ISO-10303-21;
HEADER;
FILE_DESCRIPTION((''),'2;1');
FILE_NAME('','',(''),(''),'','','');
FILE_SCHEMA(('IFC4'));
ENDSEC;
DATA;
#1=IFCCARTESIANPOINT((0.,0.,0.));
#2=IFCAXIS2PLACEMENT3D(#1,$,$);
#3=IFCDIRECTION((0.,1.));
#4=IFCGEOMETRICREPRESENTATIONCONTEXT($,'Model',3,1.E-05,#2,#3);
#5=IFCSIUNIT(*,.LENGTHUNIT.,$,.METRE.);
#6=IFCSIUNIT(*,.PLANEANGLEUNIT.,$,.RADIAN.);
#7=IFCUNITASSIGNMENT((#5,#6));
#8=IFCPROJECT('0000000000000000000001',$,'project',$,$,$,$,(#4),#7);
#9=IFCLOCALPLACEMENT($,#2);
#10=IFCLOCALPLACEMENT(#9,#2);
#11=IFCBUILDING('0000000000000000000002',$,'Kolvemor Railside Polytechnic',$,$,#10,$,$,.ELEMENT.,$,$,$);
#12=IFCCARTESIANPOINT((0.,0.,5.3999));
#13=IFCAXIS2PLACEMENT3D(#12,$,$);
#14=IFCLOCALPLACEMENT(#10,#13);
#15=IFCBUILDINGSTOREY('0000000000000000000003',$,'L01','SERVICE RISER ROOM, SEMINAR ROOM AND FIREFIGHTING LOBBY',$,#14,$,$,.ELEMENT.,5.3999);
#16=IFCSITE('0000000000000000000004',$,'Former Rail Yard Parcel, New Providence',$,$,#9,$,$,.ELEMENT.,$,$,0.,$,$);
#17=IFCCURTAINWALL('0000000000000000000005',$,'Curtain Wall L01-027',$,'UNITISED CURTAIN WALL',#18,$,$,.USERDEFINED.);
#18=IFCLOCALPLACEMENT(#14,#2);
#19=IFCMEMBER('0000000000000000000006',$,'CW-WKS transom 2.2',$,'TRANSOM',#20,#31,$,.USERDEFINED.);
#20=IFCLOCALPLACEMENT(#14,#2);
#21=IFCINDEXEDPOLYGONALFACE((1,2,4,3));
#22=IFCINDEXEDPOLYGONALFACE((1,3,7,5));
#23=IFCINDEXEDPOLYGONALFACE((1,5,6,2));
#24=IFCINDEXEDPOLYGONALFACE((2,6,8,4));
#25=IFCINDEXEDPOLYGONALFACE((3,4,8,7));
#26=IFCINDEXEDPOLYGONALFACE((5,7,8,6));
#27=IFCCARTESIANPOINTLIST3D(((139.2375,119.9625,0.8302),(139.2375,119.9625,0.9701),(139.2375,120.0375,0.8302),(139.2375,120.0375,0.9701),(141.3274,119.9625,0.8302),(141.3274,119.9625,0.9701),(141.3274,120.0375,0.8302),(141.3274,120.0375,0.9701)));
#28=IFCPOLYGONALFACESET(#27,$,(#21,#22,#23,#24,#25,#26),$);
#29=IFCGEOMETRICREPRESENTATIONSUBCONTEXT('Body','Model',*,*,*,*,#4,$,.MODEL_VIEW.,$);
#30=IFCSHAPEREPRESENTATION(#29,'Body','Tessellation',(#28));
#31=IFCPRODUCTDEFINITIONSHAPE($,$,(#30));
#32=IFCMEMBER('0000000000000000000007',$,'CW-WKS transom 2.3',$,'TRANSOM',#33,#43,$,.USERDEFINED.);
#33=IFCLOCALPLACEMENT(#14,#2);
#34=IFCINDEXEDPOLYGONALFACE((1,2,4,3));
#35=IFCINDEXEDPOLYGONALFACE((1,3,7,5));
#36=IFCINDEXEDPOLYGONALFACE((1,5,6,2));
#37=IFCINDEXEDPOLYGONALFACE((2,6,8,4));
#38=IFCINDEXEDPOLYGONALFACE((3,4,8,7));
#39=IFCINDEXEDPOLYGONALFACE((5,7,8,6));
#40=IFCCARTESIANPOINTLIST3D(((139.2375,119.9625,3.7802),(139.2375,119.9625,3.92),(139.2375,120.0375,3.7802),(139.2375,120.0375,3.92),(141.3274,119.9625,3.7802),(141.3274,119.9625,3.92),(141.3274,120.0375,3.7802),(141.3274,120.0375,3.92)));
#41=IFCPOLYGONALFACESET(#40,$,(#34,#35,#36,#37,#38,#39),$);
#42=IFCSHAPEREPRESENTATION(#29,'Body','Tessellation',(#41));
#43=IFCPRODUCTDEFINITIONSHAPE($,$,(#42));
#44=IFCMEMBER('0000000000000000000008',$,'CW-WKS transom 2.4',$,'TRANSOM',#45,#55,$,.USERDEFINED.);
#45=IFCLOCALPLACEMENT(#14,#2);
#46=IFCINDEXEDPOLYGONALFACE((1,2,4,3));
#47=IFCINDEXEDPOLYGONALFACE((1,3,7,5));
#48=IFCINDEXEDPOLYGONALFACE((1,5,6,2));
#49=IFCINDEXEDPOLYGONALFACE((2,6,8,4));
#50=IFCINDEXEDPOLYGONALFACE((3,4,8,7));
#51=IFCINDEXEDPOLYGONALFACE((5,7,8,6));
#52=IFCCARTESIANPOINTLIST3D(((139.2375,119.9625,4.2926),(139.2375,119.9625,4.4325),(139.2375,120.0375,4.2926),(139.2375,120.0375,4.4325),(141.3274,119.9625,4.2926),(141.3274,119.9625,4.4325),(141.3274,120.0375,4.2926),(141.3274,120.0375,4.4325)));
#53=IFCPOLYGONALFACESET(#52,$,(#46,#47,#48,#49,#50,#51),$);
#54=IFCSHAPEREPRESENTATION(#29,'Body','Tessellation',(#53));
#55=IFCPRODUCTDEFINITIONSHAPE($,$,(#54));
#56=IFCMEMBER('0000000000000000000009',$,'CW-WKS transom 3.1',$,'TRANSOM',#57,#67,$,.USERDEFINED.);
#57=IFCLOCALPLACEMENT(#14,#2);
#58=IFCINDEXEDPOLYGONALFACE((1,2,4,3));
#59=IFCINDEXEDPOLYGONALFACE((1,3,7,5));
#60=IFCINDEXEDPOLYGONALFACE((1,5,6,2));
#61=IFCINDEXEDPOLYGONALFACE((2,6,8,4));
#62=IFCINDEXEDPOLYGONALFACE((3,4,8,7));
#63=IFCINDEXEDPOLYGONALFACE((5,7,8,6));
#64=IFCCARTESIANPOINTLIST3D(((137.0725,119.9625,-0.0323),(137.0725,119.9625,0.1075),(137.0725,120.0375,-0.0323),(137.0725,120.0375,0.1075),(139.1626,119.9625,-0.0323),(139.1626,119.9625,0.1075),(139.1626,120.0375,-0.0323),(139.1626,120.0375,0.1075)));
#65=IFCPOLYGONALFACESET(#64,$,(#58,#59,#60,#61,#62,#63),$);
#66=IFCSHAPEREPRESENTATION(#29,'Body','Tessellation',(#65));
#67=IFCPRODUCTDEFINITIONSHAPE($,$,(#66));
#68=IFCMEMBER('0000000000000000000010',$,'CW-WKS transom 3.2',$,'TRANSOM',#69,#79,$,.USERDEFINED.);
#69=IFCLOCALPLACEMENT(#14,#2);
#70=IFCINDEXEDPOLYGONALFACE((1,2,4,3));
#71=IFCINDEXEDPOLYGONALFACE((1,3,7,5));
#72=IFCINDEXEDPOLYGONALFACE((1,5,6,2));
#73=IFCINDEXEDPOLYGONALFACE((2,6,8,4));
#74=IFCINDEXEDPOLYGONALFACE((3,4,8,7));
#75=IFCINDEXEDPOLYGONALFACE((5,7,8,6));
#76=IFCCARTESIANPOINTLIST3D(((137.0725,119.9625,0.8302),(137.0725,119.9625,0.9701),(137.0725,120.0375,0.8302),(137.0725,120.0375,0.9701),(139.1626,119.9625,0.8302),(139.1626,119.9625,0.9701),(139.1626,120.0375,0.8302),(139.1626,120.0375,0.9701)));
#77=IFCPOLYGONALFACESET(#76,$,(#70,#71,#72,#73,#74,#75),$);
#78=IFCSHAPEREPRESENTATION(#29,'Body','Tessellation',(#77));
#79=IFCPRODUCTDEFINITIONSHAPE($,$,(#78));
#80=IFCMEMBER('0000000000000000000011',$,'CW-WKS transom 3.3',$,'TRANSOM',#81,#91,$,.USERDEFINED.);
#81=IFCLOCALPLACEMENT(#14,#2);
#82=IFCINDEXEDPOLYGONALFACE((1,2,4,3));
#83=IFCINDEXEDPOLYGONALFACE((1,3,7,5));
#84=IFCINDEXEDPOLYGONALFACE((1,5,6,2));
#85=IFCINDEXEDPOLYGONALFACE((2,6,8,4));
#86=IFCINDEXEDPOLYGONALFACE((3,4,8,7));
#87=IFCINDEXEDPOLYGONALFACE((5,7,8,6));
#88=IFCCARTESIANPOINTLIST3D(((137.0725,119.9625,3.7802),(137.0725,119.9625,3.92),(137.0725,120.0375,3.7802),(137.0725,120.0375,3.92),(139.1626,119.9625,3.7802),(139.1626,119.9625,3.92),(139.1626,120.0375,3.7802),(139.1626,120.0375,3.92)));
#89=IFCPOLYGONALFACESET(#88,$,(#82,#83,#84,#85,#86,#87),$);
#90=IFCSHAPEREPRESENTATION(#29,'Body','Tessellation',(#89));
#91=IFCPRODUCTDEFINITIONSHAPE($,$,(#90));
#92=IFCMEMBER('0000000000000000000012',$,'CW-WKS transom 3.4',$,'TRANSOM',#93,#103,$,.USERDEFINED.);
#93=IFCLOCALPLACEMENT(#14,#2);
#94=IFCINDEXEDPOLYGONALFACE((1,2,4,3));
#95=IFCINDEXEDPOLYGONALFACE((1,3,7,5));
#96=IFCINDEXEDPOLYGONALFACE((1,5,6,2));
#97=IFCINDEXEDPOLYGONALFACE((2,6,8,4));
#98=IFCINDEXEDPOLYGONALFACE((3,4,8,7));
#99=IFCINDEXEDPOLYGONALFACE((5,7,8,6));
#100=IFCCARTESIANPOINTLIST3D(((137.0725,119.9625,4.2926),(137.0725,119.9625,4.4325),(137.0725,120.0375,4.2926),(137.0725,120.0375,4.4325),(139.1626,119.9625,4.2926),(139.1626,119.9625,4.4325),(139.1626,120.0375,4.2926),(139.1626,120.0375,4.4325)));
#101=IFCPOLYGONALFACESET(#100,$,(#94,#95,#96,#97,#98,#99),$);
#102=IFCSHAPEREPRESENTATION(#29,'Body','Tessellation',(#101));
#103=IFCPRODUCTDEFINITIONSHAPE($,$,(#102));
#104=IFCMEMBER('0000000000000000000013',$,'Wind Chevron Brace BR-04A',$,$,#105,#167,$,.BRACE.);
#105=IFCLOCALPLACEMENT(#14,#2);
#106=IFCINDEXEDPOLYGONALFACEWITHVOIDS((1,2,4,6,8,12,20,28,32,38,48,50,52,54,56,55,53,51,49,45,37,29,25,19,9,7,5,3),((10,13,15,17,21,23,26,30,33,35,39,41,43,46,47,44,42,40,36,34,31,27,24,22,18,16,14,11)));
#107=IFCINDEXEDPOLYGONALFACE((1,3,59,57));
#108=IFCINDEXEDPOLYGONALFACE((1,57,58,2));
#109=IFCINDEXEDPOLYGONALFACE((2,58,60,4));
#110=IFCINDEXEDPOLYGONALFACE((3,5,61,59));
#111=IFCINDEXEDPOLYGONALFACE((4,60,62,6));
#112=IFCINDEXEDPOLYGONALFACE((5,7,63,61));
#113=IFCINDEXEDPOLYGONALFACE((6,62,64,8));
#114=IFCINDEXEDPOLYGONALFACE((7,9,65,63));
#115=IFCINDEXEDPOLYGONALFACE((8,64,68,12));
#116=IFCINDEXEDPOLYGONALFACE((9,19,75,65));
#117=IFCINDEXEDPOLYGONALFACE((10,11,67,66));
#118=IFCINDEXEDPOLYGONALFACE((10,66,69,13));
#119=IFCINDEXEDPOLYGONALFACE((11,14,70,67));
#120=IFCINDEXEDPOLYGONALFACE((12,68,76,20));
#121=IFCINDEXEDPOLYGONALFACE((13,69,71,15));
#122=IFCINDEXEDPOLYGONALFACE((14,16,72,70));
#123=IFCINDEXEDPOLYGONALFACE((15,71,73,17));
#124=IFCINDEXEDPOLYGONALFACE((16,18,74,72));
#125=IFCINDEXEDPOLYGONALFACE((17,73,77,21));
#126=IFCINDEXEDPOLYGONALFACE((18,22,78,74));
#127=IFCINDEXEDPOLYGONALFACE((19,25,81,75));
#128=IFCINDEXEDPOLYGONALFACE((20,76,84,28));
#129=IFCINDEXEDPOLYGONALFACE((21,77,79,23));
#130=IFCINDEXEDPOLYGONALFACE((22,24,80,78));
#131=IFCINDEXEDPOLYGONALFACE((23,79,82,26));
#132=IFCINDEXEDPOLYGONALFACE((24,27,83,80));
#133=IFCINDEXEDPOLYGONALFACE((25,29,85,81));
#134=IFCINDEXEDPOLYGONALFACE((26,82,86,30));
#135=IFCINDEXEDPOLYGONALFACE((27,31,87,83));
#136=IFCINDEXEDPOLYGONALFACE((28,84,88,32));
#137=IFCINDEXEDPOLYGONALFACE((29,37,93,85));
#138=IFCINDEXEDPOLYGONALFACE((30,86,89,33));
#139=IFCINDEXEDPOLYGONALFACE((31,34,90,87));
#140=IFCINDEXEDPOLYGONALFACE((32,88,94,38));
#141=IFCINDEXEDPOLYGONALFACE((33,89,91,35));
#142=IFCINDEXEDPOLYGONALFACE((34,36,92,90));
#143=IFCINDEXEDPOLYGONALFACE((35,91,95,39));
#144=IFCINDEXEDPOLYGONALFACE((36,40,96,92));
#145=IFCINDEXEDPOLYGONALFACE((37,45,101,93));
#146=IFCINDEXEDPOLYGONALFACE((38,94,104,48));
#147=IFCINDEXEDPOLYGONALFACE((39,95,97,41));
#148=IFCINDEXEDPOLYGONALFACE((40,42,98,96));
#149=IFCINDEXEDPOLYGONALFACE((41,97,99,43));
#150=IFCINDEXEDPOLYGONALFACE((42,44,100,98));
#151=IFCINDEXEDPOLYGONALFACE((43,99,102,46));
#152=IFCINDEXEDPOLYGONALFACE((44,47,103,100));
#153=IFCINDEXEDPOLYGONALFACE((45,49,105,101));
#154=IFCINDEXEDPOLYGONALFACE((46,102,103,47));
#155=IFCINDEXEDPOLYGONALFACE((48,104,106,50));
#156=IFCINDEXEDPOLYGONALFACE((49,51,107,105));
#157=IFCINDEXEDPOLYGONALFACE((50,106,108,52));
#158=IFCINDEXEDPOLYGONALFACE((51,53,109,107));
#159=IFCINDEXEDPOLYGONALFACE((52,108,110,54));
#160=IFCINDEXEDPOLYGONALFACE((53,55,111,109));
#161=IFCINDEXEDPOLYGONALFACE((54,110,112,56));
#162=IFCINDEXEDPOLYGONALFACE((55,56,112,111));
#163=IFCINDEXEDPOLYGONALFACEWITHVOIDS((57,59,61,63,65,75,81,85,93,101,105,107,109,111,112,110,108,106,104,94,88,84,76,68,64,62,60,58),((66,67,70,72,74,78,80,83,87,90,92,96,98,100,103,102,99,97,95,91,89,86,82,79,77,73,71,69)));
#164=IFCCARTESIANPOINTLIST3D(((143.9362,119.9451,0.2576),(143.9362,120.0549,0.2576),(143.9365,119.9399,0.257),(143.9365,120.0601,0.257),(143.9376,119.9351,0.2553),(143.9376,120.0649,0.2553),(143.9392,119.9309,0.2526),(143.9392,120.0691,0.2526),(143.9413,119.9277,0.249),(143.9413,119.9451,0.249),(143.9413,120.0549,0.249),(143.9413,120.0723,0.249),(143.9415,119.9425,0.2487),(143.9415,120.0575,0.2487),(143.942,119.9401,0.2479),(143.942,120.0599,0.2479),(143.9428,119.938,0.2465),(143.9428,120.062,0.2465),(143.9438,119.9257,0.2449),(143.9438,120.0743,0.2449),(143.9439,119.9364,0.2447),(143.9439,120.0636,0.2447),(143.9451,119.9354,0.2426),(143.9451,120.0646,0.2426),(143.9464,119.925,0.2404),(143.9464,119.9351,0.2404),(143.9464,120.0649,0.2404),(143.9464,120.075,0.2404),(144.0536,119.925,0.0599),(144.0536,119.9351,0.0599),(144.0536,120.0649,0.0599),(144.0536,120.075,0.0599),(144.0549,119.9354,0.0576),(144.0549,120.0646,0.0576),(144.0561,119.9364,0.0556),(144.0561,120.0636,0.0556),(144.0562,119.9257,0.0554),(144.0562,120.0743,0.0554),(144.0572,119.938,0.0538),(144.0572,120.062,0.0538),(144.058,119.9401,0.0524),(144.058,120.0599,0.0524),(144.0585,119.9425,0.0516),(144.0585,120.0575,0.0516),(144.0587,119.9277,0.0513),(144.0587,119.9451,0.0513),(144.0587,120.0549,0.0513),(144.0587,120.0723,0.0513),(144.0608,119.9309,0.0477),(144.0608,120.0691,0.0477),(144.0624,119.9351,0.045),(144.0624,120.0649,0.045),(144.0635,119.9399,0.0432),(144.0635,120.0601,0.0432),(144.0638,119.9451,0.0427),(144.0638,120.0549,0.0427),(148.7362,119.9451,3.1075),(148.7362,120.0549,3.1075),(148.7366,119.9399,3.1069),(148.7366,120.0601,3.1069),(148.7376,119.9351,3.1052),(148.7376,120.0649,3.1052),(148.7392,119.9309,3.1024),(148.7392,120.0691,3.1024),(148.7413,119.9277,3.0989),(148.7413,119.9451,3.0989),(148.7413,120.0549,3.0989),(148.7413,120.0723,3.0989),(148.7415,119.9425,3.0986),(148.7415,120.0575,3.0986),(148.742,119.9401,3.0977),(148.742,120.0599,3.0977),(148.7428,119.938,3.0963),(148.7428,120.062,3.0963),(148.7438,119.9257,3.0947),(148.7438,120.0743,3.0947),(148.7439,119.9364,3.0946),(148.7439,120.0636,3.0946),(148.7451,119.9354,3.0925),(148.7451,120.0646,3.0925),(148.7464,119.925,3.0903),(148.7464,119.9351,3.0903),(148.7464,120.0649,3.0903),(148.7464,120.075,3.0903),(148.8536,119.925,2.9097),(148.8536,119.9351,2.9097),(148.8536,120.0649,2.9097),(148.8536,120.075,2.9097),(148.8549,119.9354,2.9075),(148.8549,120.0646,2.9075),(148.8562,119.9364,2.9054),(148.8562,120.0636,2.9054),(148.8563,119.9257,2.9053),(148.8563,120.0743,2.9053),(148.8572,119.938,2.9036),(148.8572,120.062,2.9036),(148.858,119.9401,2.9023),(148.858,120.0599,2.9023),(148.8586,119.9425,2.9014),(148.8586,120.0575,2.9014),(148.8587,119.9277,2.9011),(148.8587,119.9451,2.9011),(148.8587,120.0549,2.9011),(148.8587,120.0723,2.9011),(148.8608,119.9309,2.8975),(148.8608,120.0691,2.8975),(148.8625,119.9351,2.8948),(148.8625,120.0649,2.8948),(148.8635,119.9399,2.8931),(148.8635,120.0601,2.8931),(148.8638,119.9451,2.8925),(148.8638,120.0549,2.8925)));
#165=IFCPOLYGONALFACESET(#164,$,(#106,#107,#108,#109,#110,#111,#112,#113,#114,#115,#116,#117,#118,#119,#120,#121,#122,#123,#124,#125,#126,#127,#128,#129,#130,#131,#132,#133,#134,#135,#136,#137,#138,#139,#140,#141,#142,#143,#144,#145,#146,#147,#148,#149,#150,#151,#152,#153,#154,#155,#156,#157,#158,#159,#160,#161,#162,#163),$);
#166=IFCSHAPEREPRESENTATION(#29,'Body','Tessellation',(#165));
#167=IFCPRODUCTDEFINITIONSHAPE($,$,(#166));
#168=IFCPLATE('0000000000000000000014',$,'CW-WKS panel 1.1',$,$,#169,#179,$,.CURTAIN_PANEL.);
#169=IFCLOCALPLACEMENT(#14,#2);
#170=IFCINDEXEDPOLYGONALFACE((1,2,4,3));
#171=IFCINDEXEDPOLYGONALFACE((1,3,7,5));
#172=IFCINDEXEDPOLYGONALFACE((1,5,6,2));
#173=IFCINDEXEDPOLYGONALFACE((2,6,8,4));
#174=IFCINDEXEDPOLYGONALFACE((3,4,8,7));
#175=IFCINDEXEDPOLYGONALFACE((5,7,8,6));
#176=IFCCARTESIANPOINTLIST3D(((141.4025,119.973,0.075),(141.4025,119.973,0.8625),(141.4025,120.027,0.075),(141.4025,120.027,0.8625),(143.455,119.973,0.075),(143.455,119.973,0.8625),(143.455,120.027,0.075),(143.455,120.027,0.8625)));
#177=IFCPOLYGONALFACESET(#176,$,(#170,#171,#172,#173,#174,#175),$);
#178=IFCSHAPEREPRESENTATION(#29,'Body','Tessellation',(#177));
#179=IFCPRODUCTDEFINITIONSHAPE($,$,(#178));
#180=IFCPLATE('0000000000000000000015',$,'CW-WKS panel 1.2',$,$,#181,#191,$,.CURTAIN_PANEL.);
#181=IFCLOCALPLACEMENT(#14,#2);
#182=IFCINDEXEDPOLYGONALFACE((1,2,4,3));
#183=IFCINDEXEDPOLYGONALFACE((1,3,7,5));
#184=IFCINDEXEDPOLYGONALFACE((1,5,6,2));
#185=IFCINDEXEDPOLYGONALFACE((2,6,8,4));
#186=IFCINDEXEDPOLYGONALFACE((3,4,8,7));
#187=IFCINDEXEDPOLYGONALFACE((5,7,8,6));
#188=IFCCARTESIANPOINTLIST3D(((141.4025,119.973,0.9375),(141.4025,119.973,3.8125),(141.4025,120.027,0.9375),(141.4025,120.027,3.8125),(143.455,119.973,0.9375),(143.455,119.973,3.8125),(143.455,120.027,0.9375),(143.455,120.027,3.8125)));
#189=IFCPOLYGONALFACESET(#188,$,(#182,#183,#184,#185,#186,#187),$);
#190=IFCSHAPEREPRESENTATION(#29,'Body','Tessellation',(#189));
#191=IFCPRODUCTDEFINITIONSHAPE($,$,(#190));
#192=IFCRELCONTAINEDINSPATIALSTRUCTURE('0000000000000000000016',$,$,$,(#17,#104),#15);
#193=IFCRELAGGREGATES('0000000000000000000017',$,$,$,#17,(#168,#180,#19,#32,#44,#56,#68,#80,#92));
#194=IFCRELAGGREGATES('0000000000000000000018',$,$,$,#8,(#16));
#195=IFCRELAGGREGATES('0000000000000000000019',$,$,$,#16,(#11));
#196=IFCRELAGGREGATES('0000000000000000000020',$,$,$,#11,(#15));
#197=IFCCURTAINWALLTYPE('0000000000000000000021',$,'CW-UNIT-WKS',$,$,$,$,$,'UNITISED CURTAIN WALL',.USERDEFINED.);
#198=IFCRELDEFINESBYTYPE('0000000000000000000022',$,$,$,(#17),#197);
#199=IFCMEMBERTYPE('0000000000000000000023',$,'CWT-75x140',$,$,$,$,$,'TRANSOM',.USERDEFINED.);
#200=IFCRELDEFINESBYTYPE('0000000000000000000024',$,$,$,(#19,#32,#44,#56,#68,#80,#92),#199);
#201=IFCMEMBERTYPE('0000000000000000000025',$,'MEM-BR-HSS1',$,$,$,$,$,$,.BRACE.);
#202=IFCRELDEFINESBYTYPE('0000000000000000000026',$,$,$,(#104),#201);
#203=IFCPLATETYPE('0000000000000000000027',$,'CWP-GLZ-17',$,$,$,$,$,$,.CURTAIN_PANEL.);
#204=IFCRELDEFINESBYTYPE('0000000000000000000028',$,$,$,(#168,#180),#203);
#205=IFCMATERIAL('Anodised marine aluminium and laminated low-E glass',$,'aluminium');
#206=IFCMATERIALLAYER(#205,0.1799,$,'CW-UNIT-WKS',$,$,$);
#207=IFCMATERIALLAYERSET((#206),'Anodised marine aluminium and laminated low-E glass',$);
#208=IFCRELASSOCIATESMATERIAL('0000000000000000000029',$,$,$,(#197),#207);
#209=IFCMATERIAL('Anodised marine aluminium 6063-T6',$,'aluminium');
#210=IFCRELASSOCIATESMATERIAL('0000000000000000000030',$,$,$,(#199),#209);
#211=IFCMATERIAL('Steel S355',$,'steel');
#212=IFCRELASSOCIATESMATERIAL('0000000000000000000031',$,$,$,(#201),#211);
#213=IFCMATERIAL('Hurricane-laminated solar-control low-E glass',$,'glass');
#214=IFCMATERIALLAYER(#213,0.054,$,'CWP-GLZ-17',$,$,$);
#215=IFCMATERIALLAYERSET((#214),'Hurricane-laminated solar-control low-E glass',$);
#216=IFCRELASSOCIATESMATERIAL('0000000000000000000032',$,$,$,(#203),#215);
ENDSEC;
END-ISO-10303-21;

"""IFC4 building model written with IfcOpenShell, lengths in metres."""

from ifc_helpers import new_model, si_unit, direction, frame, origin, origin_2d, place, context, subcontext, project, spatial, rectangle, hollow_rectangle, extrude, material, layer, layer_set, material_profile, profile_set, type_object, element, aggregate, save


model = new_model("IFC4")

# Units and contexts
model_context = context("Model", 3, precision=1e-05, world=origin(), true_north=direction((0.0, 1.0)))
body_context = subcontext(model_context, "Body", "Model", "MODEL_VIEW")
ifc_project = project(units=[si_unit("LENGTHUNIT", "METRE"), si_unit("PLANEANGLEUNIT", "RADIAN")], contexts=[model_context])

# Site, building, storey
site_placement = place(None, origin())
site = spatial("IfcSite", under=ifc_project, at=site_placement, Name="Former Rail Yard Parcel, New Providence", CompositionType="ELEMENT", RefElevation=0.0)
building_placement = place(site_placement, origin())
building = spatial("IfcBuilding", under=site, at=building_placement, Name="Kolvemor Railside Polytechnic", CompositionType="ELEMENT")
storey_placement = place(building_placement, frame((0.0, 0.0, 5.3999)))
storey = spatial("IfcBuildingStorey", under=building, at=storey_placement, Name="L01", Description="SERVICE RISER ROOM, SEMINAR ROOM AND FIREFIGHTING LOBBY", CompositionType="ELEMENT", Elevation=5.3999)

# Curtain wall, members
ifc_material_1 = material(Name="Anodised marine aluminium and laminated low-E glass", Category="aluminium")
ifc_layer_1 = layer(ifc_material_1, 0.1799, Name="CW-UNIT-WKS")
ifc_layer_set_1 = layer_set([ifc_layer_1], Name="Anodised marine aluminium and laminated low-E glass")
curtain_wall_type = type_object("IfcCurtainWallType", Name="CW-UNIT-WKS", ElementType="UNITISED CURTAIN WALL", PredefinedType="USERDEFINED", material=ifc_layer_set_1)
curtain_wall_placement = place(storey_placement, origin())
curtain_wall = element("IfcCurtainWall", 1, at=curtain_wall_placement, inside=storey, type_object=curtain_wall_type, Name="Curtain Wall L01-027", ObjectType="UNITISED CURTAIN WALL", PredefinedType="USERDEFINED")
ifc_material_2 = material(Name="Anodised marine aluminium 6063-T6", Category="aluminium")
ifc_material_profile_1 = material_profile(ifc_material_2, rectangle(XDim=0.075, YDim=0.1399, at=origin_2d()), Name="CW-TRN-75x140")
ifc_profile_set_1 = profile_set([ifc_material_profile_1], Name="Anodised marine aluminium 6063-T6")
member_type_1 = type_object("IfcMemberType", Name="CWT-75x140", ElementType="TRANSOM", PredefinedType="USERDEFINED", material=ifc_profile_set_1)
member_1_placement = place(storey_placement, frame((141.3274, 120.0, 0.9001), z_axis=(-1.0, 0.0, 0.0), x_axis=(0.0, -1.0, 0.0)))
member_1 = element("IfcMember", 2, at=member_1_placement, type_object=member_type_1, Name="CW-WKS transom 2.2", ObjectType="TRANSOM", PredefinedType="USERDEFINED", context=body_context, shape_type="SweptSolid", body=[
    extrude(rectangle(XDim=0.075, YDim=0.1399, at=origin_2d()), origin(), (0.0, 0.0, 1.0), 2.0898),
])
member_2_placement = place(storey_placement, frame((141.3274, 120.0, 3.8501), z_axis=(-1.0, 0.0, 0.0), x_axis=(0.0, -1.0, 0.0)))
member_2 = element("IfcMember", 3, at=member_2_placement, type_object=member_type_1, Name="CW-WKS transom 2.3", ObjectType="TRANSOM", PredefinedType="USERDEFINED", context=body_context, shape_type="SweptSolid", body=[
    extrude(rectangle(XDim=0.075, YDim=0.1399, at=origin_2d()), origin(), (0.0, 0.0, 1.0), 2.0898),
])
member_3_placement = place(storey_placement, frame((141.3274, 120.0, 4.3625), z_axis=(-1.0, 0.0, 0.0), x_axis=(0.0, -1.0, 0.0)))
member_3 = element("IfcMember", 4, at=member_3_placement, type_object=member_type_1, Name="CW-WKS transom 2.4", ObjectType="TRANSOM", PredefinedType="USERDEFINED", context=body_context, shape_type="SweptSolid", body=[
    extrude(rectangle(XDim=0.075, YDim=0.1399, at=origin_2d()), origin(), (0.0, 0.0, 1.0), 2.0898),
])
member_4_placement = place(storey_placement, frame((139.1626, 120.0, 0.0376), z_axis=(-1.0, 0.0, 0.0), x_axis=(0.0, -1.0, 0.0)))
member_4 = element("IfcMember", 5, at=member_4_placement, type_object=member_type_1, Name="CW-WKS transom 3.1", ObjectType="TRANSOM", PredefinedType="USERDEFINED", context=body_context, shape_type="SweptSolid", body=[
    extrude(rectangle(XDim=0.075, YDim=0.1399, at=origin_2d()), origin(), (0.0, 0.0, 1.0), 2.0901),
])
member_5_placement = place(storey_placement, frame((139.1626, 120.0, 0.9001), z_axis=(-1.0, 0.0, 0.0), x_axis=(0.0, -1.0, 0.0)))
member_5 = element("IfcMember", 6, at=member_5_placement, type_object=member_type_1, Name="CW-WKS transom 3.2", ObjectType="TRANSOM", PredefinedType="USERDEFINED", context=body_context, shape_type="SweptSolid", body=[
    extrude(rectangle(XDim=0.075, YDim=0.1399, at=origin_2d()), origin(), (0.0, 0.0, 1.0), 2.0901),
])
member_6_placement = place(storey_placement, frame((139.1626, 120.0, 3.8501), z_axis=(-1.0, 0.0, 0.0), x_axis=(0.0, -1.0, 0.0)))
member_6 = element("IfcMember", 7, at=member_6_placement, type_object=member_type_1, Name="CW-WKS transom 3.3", ObjectType="TRANSOM", PredefinedType="USERDEFINED", context=body_context, shape_type="SweptSolid", body=[
    extrude(rectangle(XDim=0.075, YDim=0.1399, at=origin_2d()), origin(), (0.0, 0.0, 1.0), 2.0901),
])
member_7_placement = place(storey_placement, frame((139.1626, 120.0, 4.3625), z_axis=(-1.0, 0.0, 0.0), x_axis=(0.0, -1.0, 0.0)))
member_7 = element("IfcMember", 8, at=member_7_placement, type_object=member_type_1, Name="CW-WKS transom 3.4", ObjectType="TRANSOM", PredefinedType="USERDEFINED", context=body_context, shape_type="SweptSolid", body=[
    extrude(rectangle(XDim=0.075, YDim=0.1399, at=origin_2d()), origin(), (0.0, 0.0, 1.0), 2.0901),
])

# Member
ifc_material_3 = material(Name="Steel S355", Category="steel")
ifc_material_profile_2 = material_profile(ifc_material_3, hollow_rectangle(XDim=0.1499, YDim=0.25, WallThickness=0.01, InnerFilletRadius=0.01, OuterFilletRadius=0.02, at=origin_2d()), Name="HSS250x150x10")
ifc_profile_set_2 = profile_set([ifc_material_profile_2], Name="Steel S355")
member_type_2 = type_object("IfcMemberType", Name="MEM-BR-HSS1", PredefinedType="BRACE", material=ifc_profile_set_2)
member_8_placement = place(storey_placement, frame((144.0, 120.0, 0.1501), z_axis=(0.859869, 0.0, 0.510516), x_axis=(0.0, 1.0, 0.0)))
element("IfcMember", 9, at=member_8_placement, inside=storey, type_object=member_type_2, Name="Wind Chevron Brace BR-04A", PredefinedType="BRACE", context=body_context, shape_type="SweptSolid", body=[
    extrude(hollow_rectangle(XDim=0.1499, YDim=0.25, WallThickness=0.01, InnerFilletRadius=0.01, OuterFilletRadius=0.02, at=origin_2d()), origin(), (0.0, 0.0, 1.0), 5.5823),
])

# Plates
ifc_material_4 = material(Name="Hurricane-laminated solar-control low-E glass", Category="glass")
ifc_layer_2 = layer(ifc_material_4, 0.054, Name="CWP-GLZ-17")
ifc_layer_set_2 = layer_set([ifc_layer_2], Name="Hurricane-laminated solar-control low-E glass")
plate_type_1 = type_object("IfcPlateType", Name="CWP-GLZ-17", PredefinedType="CURTAIN_PANEL", material=ifc_layer_set_2)
plate_1_placement = place(storey_placement, frame((142.4287, 120.0, 0.075), z_axis=(0.0, 0.0, 1.0), x_axis=(-1.0, 0.0, 0.0)))
plate_1 = element("IfcPlate", 10, at=plate_1_placement, type_object=plate_type_1, Name="CW-WKS panel 1.1", PredefinedType="CURTAIN_PANEL", context=body_context, shape_type="SweptSolid", body=[
    extrude(rectangle(XDim=2.0525, YDim=0.054, at=origin_2d()), origin(), (0.0, 0.0, 1.0), 0.7876),
])
plate_2_placement = place(storey_placement, frame((142.4287, 120.0, 0.9375), z_axis=(0.0, 0.0, 1.0), x_axis=(-1.0, 0.0, 0.0)))
plate_2 = element("IfcPlate", 11, at=plate_2_placement, type_object=plate_type_1, Name="CW-WKS panel 1.2", PredefinedType="CURTAIN_PANEL", context=body_context, shape_type="SweptSolid", body=[
    extrude(rectangle(XDim=2.0525, YDim=0.054, at=origin_2d()), origin(), (0.0, 0.0, 1.0), 2.875),
])
aggregate(curtain_wall, [plate_1, plate_2, member_1, member_2, member_3, member_4, member_5, member_6, member_7])

save(model, "model.ifc")
